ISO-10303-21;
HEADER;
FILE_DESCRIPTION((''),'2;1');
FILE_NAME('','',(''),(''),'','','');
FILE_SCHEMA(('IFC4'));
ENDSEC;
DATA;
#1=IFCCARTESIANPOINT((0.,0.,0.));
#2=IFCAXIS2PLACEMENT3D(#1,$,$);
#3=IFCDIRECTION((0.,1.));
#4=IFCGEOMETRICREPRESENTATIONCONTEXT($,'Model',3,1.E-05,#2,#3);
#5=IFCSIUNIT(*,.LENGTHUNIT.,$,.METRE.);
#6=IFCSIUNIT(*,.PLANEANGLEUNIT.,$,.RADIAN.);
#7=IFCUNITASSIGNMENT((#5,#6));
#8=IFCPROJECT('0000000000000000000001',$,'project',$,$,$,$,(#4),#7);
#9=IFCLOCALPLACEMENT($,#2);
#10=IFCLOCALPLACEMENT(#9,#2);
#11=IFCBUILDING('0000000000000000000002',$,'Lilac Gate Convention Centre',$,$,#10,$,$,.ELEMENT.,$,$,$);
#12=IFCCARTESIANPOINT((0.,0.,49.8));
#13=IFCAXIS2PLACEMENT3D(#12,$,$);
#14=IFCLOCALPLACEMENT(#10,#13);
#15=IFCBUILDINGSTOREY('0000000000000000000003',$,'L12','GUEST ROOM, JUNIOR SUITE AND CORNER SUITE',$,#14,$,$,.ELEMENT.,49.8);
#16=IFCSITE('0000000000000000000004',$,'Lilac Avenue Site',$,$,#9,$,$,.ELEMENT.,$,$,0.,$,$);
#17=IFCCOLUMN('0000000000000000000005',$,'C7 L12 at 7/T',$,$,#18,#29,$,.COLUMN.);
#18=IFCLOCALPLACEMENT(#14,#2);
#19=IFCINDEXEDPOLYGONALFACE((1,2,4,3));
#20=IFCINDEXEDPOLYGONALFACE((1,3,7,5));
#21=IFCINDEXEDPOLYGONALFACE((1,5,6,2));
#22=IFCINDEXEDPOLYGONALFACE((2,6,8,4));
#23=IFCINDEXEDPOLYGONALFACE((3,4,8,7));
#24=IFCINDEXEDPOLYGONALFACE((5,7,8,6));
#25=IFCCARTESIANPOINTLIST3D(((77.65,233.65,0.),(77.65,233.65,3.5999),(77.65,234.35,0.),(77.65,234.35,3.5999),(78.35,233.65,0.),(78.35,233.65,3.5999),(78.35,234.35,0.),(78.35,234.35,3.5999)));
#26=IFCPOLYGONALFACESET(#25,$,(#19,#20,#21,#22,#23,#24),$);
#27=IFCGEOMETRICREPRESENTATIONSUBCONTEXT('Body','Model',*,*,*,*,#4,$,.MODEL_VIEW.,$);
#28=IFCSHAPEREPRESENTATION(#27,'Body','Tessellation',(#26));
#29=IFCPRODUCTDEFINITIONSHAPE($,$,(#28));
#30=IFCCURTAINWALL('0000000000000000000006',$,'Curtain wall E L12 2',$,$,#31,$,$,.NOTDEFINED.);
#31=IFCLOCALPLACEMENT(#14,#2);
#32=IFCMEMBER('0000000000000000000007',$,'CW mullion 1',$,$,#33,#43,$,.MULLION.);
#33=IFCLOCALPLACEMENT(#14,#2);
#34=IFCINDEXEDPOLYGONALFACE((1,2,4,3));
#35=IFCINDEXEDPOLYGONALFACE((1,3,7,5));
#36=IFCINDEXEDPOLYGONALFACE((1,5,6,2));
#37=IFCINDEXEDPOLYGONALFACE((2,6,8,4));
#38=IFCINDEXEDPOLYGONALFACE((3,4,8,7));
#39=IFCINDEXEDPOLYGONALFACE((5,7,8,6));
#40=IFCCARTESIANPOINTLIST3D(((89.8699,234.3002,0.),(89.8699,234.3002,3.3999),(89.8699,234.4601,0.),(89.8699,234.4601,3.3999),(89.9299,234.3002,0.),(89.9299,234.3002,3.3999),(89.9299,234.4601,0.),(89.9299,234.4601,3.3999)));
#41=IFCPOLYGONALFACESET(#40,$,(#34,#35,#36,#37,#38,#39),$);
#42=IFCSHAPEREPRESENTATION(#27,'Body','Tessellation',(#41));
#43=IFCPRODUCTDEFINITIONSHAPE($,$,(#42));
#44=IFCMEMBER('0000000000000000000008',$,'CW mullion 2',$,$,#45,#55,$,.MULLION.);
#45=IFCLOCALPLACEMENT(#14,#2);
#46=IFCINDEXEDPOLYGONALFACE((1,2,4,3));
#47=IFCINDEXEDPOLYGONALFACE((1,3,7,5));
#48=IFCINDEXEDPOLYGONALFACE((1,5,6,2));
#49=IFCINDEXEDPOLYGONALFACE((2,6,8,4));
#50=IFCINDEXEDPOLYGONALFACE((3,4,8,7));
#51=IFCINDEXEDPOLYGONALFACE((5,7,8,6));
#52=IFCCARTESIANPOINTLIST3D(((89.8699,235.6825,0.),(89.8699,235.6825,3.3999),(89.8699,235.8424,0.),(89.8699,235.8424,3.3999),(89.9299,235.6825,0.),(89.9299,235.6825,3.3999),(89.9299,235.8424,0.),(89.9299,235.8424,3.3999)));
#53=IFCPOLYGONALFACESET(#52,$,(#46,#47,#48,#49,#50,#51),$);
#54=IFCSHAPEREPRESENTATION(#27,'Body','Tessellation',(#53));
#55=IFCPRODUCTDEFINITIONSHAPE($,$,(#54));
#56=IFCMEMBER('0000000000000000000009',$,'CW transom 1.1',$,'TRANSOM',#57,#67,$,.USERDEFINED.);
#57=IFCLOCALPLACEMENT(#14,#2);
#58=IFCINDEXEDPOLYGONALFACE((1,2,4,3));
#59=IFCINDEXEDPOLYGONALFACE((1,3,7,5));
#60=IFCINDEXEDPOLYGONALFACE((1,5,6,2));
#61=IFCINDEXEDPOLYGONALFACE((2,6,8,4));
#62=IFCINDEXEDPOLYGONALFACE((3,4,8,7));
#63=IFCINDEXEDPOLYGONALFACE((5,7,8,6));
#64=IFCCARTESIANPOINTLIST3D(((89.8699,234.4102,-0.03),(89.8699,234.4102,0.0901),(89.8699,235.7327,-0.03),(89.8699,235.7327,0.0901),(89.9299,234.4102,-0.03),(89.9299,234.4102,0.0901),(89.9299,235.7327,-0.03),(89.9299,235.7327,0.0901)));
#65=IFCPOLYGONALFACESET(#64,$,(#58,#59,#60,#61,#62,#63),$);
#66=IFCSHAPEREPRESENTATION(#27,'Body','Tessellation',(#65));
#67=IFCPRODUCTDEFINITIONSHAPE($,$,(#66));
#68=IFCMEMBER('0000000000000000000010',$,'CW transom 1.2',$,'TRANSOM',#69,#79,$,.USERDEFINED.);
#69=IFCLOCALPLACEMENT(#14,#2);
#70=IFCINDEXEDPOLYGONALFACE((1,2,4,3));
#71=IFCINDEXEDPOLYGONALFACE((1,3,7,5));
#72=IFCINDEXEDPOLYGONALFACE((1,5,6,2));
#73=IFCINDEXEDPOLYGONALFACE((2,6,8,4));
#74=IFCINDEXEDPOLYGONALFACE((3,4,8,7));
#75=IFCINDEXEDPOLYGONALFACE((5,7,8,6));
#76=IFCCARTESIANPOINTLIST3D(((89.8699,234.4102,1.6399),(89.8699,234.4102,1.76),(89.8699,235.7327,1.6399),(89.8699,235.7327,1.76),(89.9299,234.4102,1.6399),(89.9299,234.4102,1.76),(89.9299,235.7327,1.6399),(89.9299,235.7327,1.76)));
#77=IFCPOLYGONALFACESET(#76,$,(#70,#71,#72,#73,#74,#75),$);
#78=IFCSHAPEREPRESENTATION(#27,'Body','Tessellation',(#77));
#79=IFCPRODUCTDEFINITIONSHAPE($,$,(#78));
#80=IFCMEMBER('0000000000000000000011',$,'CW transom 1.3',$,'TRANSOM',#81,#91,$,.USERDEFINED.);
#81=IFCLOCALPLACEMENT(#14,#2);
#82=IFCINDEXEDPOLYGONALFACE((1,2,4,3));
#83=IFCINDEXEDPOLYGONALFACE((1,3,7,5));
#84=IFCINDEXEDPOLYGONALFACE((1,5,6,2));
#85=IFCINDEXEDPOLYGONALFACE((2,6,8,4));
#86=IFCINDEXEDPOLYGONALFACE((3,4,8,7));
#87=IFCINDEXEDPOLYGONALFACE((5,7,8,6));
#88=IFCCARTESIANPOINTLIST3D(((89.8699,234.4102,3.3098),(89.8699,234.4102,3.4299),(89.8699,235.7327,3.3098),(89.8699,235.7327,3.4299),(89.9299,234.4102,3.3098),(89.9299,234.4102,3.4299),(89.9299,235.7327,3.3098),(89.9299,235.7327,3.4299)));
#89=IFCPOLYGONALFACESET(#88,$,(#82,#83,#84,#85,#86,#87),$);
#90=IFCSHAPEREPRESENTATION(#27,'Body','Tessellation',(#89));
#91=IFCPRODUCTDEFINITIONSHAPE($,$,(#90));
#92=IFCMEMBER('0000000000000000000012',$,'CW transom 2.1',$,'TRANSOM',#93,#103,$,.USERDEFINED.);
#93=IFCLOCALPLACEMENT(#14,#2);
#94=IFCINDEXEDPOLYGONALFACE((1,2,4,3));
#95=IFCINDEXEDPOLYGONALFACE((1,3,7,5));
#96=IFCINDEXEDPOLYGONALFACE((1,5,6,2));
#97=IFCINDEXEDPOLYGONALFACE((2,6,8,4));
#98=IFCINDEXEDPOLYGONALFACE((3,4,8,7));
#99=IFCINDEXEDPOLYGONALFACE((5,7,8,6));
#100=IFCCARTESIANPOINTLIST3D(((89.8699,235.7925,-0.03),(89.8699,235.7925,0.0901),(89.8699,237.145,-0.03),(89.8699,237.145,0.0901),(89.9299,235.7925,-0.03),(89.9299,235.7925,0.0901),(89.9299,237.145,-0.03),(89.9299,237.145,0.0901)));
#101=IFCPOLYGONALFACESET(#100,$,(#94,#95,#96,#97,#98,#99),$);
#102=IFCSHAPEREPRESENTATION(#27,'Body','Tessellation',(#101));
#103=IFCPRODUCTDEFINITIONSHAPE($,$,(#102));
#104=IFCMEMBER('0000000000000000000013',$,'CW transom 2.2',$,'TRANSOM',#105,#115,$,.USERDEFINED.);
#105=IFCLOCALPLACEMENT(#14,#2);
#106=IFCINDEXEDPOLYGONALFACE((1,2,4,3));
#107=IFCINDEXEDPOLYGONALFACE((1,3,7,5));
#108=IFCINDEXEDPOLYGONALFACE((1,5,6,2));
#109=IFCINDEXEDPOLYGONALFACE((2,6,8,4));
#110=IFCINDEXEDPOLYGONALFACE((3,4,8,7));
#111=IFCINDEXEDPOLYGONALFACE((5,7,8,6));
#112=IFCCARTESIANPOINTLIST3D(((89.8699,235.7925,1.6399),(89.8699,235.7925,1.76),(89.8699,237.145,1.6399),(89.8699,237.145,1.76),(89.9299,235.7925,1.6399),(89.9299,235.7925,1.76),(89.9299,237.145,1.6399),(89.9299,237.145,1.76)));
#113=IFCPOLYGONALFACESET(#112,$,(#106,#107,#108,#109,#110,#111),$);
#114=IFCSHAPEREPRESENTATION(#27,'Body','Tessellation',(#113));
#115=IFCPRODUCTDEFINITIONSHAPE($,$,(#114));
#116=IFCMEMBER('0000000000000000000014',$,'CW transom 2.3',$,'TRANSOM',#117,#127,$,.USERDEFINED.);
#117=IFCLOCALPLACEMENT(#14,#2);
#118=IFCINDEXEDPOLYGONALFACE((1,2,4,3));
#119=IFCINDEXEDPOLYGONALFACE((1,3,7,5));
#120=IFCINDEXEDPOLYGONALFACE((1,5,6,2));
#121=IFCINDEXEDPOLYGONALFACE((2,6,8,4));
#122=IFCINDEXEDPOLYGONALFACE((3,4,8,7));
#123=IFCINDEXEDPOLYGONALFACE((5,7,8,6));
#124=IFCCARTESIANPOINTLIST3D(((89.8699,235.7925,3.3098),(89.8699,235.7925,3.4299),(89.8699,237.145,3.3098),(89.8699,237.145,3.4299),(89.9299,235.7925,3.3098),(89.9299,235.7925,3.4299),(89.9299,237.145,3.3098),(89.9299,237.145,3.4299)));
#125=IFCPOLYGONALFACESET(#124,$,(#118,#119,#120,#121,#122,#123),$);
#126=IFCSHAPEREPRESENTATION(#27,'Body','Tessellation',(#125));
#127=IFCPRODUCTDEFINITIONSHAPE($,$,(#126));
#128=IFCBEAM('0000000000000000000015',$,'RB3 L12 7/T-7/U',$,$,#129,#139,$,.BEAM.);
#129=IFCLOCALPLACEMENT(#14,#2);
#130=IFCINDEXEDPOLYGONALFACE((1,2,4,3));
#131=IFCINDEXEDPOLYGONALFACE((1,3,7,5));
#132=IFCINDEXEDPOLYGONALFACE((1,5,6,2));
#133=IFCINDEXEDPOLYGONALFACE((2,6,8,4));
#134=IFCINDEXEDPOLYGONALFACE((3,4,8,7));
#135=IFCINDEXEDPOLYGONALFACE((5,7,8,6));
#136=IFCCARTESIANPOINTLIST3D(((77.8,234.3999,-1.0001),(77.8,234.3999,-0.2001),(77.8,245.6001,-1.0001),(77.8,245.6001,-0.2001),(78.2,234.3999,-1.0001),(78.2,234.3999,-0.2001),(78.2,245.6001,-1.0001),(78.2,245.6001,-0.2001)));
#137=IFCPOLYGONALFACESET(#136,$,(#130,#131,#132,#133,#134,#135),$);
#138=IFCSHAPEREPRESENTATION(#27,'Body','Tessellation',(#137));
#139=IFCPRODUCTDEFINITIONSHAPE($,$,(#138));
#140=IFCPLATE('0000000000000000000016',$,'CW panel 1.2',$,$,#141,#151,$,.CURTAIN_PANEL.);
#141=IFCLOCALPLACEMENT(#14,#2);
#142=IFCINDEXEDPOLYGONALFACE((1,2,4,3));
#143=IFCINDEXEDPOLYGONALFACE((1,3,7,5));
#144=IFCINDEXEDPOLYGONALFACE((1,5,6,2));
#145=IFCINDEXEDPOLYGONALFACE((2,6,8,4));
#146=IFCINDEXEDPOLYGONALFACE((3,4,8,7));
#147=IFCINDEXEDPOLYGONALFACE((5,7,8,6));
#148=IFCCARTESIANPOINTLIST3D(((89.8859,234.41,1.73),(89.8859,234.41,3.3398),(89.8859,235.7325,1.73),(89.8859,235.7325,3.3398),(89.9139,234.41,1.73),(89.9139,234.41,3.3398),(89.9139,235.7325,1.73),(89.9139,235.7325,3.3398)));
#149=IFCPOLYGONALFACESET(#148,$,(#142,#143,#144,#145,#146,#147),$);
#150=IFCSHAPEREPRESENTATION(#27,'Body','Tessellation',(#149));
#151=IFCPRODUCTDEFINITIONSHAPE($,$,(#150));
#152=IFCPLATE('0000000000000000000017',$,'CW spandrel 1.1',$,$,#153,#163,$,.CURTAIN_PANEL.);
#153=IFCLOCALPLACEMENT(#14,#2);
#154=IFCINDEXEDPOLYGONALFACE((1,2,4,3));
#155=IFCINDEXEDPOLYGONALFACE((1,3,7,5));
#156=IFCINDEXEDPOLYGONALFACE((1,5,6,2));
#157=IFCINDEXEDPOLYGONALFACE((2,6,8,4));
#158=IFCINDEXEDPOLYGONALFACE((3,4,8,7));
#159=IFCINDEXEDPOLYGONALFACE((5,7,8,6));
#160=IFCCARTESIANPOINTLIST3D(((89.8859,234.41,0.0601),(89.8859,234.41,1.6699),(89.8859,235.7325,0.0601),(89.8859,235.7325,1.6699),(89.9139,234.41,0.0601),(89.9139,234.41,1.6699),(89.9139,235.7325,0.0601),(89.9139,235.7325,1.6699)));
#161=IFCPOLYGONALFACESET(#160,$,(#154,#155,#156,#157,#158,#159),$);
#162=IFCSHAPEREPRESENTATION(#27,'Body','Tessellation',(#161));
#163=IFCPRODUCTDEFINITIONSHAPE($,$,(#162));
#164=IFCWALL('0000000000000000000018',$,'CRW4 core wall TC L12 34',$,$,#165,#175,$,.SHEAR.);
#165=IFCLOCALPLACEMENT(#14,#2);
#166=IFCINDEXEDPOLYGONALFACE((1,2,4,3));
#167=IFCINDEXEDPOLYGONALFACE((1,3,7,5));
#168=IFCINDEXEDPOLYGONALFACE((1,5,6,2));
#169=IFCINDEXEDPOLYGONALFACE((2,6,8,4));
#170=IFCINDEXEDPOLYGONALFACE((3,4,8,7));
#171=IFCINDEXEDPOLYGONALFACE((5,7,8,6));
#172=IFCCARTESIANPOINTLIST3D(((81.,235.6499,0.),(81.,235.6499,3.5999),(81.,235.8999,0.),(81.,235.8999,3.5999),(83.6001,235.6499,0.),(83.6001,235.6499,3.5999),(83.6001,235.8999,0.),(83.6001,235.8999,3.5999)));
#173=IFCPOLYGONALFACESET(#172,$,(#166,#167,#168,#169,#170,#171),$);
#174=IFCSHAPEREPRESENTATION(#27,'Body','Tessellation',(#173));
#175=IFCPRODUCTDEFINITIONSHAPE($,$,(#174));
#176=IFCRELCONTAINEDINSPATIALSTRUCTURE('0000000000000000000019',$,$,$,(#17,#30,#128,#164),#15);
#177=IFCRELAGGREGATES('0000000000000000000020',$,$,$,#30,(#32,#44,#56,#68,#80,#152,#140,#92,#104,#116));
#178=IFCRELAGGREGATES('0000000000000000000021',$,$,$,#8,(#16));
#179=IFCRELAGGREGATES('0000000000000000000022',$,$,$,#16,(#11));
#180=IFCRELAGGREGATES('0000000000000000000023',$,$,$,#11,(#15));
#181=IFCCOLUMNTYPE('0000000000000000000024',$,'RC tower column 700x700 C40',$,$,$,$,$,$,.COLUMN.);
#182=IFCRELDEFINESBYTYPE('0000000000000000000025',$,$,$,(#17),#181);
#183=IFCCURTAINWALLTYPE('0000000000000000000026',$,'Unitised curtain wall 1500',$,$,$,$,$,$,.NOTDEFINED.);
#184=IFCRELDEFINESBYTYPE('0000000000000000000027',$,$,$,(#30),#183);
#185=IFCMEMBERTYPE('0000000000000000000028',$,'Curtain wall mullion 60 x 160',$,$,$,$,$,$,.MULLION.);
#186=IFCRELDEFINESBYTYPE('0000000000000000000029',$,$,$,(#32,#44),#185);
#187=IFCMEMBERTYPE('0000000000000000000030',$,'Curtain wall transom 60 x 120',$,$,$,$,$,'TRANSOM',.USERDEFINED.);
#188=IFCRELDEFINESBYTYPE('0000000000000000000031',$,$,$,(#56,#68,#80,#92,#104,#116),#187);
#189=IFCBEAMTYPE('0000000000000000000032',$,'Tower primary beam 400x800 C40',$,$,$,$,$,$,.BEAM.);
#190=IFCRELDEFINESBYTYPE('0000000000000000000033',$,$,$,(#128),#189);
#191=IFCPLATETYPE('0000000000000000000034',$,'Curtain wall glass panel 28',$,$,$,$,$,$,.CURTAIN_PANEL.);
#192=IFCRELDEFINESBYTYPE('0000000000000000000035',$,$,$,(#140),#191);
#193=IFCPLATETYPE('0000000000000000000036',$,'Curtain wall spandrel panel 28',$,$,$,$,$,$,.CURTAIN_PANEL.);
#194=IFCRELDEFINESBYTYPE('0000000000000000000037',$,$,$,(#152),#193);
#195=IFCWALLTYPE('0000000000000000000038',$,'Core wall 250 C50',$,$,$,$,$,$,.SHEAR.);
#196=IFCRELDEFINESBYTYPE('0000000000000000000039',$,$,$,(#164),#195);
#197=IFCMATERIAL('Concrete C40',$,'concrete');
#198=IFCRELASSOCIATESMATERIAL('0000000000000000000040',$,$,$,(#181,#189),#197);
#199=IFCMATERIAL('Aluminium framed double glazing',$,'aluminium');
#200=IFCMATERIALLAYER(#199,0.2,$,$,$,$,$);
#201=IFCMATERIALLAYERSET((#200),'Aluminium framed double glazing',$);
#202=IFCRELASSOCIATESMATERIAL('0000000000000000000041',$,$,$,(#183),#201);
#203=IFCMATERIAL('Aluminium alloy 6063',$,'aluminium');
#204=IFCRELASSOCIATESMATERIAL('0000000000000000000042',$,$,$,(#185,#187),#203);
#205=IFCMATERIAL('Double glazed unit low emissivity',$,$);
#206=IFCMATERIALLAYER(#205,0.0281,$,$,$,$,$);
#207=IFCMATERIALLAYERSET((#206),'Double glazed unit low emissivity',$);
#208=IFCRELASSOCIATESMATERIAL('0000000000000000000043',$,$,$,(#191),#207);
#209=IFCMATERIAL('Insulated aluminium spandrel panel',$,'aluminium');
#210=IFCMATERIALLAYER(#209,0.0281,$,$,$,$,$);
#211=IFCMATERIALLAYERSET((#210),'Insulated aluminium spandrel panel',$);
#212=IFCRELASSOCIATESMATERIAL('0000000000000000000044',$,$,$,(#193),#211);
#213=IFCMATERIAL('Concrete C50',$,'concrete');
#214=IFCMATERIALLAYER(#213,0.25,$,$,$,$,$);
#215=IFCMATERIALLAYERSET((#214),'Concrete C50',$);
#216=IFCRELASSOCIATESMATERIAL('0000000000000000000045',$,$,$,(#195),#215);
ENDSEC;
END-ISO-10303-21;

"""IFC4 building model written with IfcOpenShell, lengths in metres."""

from ifc_helpers import new_model, si_unit, direction, frame, frame_2d, origin, origin_2d, place, context, subcontext, project, spatial, rectangle, extrude, material, layer, layer_set, material_profile, profile_set, type_object, element, aggregate, save


model = new_model("IFC4")

# Units and contexts
model_context = context("Model", 3, precision=1e-05, world=origin(), true_north=direction((0.0, 1.0)))
body_context = subcontext(model_context, "Body", "Model", "MODEL_VIEW")
ifc_project = project(units=[si_unit("LENGTHUNIT", "METRE"), si_unit("PLANEANGLEUNIT", "RADIAN")], contexts=[model_context])

# Site, building, storey
site_placement = place(None, origin())
site = spatial("IfcSite", under=ifc_project, at=site_placement, Name="Lilac Avenue Site", CompositionType="ELEMENT", RefElevation=0.0)
building_placement = place(site_placement, origin())
building = spatial("IfcBuilding", under=site, at=building_placement, Name="Lilac Gate Convention Centre", CompositionType="ELEMENT")
storey_placement = place(building_placement, frame((0.0, 0.0, 49.8)))
storey = spatial("IfcBuildingStorey", under=building, at=storey_placement, Name="L12", Description="GUEST ROOM, JUNIOR SUITE AND CORNER SUITE", CompositionType="ELEMENT", Elevation=49.8)

# Column
ifc_material_1 = material(Name="Concrete C40", Category="concrete")
ifc_material_profile_1 = material_profile(ifc_material_1, rectangle(XDim=0.7, YDim=0.7, at=origin_2d()), Name="RC 700x700")
ifc_profile_set_1 = profile_set([ifc_material_profile_1], Name="Concrete C40")
column_type = type_object("IfcColumnType", Name="RC tower column 700x700 C40", PredefinedType="COLUMN", material=ifc_profile_set_1)
column_placement = place(storey_placement, frame((78.0, 234.0, 0.0), z_axis=(0.0, 0.0, 1.0), x_axis=(1.0, 0.0, 0.0)))
element("IfcColumn", 1, at=column_placement, inside=storey, type_object=column_type, Name="C7 L12 at 7/T", PredefinedType="COLUMN", context=body_context, shape_type="SweptSolid", body=[
    extrude(rectangle(XDim=0.7, YDim=0.7, at=origin_2d()), origin(), (0.0, 0.0, 1.0), 3.5999),
])

# Curtain wall, members
ifc_material_2 = material(Name="Aluminium framed double glazing", Category="aluminium")
ifc_layer_1 = layer(ifc_material_2, 0.2)
ifc_layer_set_1 = layer_set([ifc_layer_1], Name="Aluminium framed double glazing")
curtain_wall_type = type_object("IfcCurtainWallType", Name="Unitised curtain wall 1500", PredefinedType="NOTDEFINED", material=ifc_layer_set_1)
curtain_wall_placement = place(storey_placement, origin())
curtain_wall = element("IfcCurtainWall", 2, at=curtain_wall_placement, inside=storey, type_object=curtain_wall_type, Name="Curtain wall E L12 2", PredefinedType="NOTDEFINED")
ifc_material_3 = material(Name="Aluminium alloy 6063", Category="aluminium")
ifc_material_profile_2 = material_profile(ifc_material_3, rectangle(XDim=0.0601, YDim=0.1599, at=origin_2d()), Name="Curtain wall mullion 60 x 160")
ifc_profile_set_2 = profile_set([ifc_material_profile_2], Name="Aluminium alloy 6063")
member_type_1 = type_object("IfcMemberType", Name="Curtain wall mullion 60 x 160", PredefinedType="MULLION", material=ifc_profile_set_2)
member_1_placement = place(storey_placement, frame((89.8999, 234.3801, 0.0), z_axis=(0.0, 0.0, 1.0), x_axis=(-1.0, 0.0, 0.0)))
member_1 = element("IfcMember", 3, at=member_1_placement, type_object=member_type_1, Name="CW mullion 1", PredefinedType="MULLION", context=body_context, shape_type="SweptSolid", body=[
    extrude(rectangle(XDim=0.0601, YDim=0.1599, at=origin_2d()), origin(), (0.0, 0.0, 1.0), 3.3999),
])
member_2_placement = place(storey_placement, frame((89.8999, 235.7625, 0.0), z_axis=(0.0, 0.0, 1.0), x_axis=(-1.0, 0.0, 0.0)))
member_2 = element("IfcMember", 4, at=member_2_placement, type_object=member_type_1, Name="CW mullion 2", PredefinedType="MULLION", context=body_context, shape_type="SweptSolid", body=[
    extrude(rectangle(XDim=0.0601, YDim=0.1599, at=origin_2d()), origin(), (0.0, 0.0, 1.0), 3.3999),
])
ifc_material_profile_3 = material_profile(ifc_material_3, rectangle(XDim=0.0601, YDim=0.1201, at=origin_2d()), Name="Curtain wall transom 60 x 120")
ifc_profile_set_3 = profile_set([ifc_material_profile_3], Name="Aluminium alloy 6063")
member_type_2 = type_object("IfcMemberType", Name="Curtain wall transom 60 x 120", ElementType="TRANSOM", PredefinedType="USERDEFINED", material=ifc_profile_set_3)
member_3_placement = place(storey_placement, frame((89.8999, 234.4102, 0.03), z_axis=(0.0, 1.0, 0.0), x_axis=(-1.0, 0.0, 0.0)))
member_3 = element("IfcMember", 5, at=member_3_placement, type_object=member_type_2, Name="CW transom 1.1", ObjectType="TRANSOM", PredefinedType="USERDEFINED", context=body_context, shape_type="SweptSolid", body=[
    extrude(rectangle(XDim=0.0601, YDim=0.1201, at=origin_2d()), origin(), (0.0, 0.0, 1.0), 1.3225),
])
member_4_placement = place(storey_placement, frame((89.8999, 234.4102, 1.7), z_axis=(0.0, 1.0, 0.0), x_axis=(-1.0, 0.0, 0.0)))
member_4 = element("IfcMember", 6, at=member_4_placement, type_object=member_type_2, Name="CW transom 1.2", ObjectType="TRANSOM", PredefinedType="USERDEFINED", context=body_context, shape_type="SweptSolid", body=[
    extrude(rectangle(XDim=0.0601, YDim=0.1201, at=origin_2d()), origin(), (0.0, 0.0, 1.0), 1.3225),
])
member_5_placement = place(storey_placement, frame((89.8999, 234.4102, 3.3699), z_axis=(0.0, 1.0, 0.0), x_axis=(-1.0, 0.0, 0.0)))
member_5 = element("IfcMember", 7, at=member_5_placement, type_object=member_type_2, Name="CW transom 1.3", ObjectType="TRANSOM", PredefinedType="USERDEFINED", context=body_context, shape_type="SweptSolid", body=[
    extrude(rectangle(XDim=0.0601, YDim=0.1201, at=origin_2d()), origin(), (0.0, 0.0, 1.0), 1.3225),
])
member_6_placement = place(storey_placement, frame((89.8999, 235.7925, 0.03), z_axis=(0.0, 1.0, 0.0), x_axis=(-1.0, 0.0, 0.0)))
member_6 = element("IfcMember", 8, at=member_6_placement, type_object=member_type_2, Name="CW transom 2.1", ObjectType="TRANSOM", PredefinedType="USERDEFINED", context=body_context, shape_type="SweptSolid", body=[
    extrude(rectangle(XDim=0.0601, YDim=0.1201, at=origin_2d()), origin(), (0.0, 0.0, 1.0), 1.3525),
])
member_7_placement = place(storey_placement, frame((89.8999, 235.7925, 1.7), z_axis=(0.0, 1.0, 0.0), x_axis=(-1.0, 0.0, 0.0)))
member_7 = element("IfcMember", 9, at=member_7_placement, type_object=member_type_2, Name="CW transom 2.2", ObjectType="TRANSOM", PredefinedType="USERDEFINED", context=body_context, shape_type="SweptSolid", body=[
    extrude(rectangle(XDim=0.0601, YDim=0.1201, at=origin_2d()), origin(), (0.0, 0.0, 1.0), 1.3525),
])
member_8_placement = place(storey_placement, frame((89.8999, 235.7925, 3.3699), z_axis=(0.0, 1.0, 0.0), x_axis=(-1.0, 0.0, 0.0)))
member_8 = element("IfcMember", 10, at=member_8_placement, type_object=member_type_2, Name="CW transom 2.3", ObjectType="TRANSOM", PredefinedType="USERDEFINED", context=body_context, shape_type="SweptSolid", body=[
    extrude(rectangle(XDim=0.0601, YDim=0.1201, at=origin_2d()), origin(), (0.0, 0.0, 1.0), 1.3525),
])

# Beam
ifc_material_profile_4 = material_profile(ifc_material_1, rectangle(XDim=0.3999, YDim=0.8, at=origin_2d()), Name="RC 400x800")
ifc_profile_set_4 = profile_set([ifc_material_profile_4], Name="Concrete C40")
beam_type = type_object("IfcBeamType", Name="Tower primary beam 400x800 C40", PredefinedType="BEAM", material=ifc_profile_set_4)
beam_placement = place(storey_placement, frame((78.0, 234.3999, -0.6001), z_axis=(0.0, 1.0, 0.0), x_axis=(-1.0, 0.0, 0.0)))
element("IfcBeam", 11, at=beam_placement, inside=storey, type_object=beam_type, Name="RB3 L12 7/T-7/U", PredefinedType="BEAM", context=body_context, shape_type="SweptSolid", body=[
    extrude(rectangle(XDim=0.3999, YDim=0.8, at=origin_2d()), origin(), (0.0, 0.0, 1.0), 11.2002),
])

# Plates
ifc_material_4 = material(Name="Double glazed unit low emissivity")
ifc_layer_2 = layer(ifc_material_4, 0.0281)
ifc_layer_set_2 = layer_set([ifc_layer_2], Name="Double glazed unit low emissivity")
plate_type_1 = type_object("IfcPlateType", Name="Curtain wall glass panel 28", PredefinedType="CURTAIN_PANEL", material=ifc_layer_set_2)
plate_1_placement = place(storey_placement, frame((89.8999, 235.0713, 1.73), z_axis=(0.0, 0.0, 1.0), x_axis=(0.0, 1.0, 0.0)))
plate_1 = element("IfcPlate", 12, at=plate_1_placement, type_object=plate_type_1, Name="CW panel 1.2", PredefinedType="CURTAIN_PANEL", context=body_context, shape_type="SweptSolid", body=[
    extrude(rectangle(XDim=1.3225, YDim=0.0281, at=origin_2d()), origin(), (0.0, 0.0, 1.0), 1.6099),
])
ifc_material_5 = material(Name="Insulated aluminium spandrel panel", Category="aluminium")
ifc_layer_3 = layer(ifc_material_5, 0.0281)
ifc_layer_set_3 = layer_set([ifc_layer_3], Name="Insulated aluminium spandrel panel")
plate_type_2 = type_object("IfcPlateType", Name="Curtain wall spandrel panel 28", PredefinedType="CURTAIN_PANEL", material=ifc_layer_set_3)
plate_2_placement = place(storey_placement, frame((89.8999, 235.0713, 0.0601), z_axis=(0.0, 0.0, 1.0), x_axis=(0.0, 1.0, 0.0)))
plate_2 = element("IfcPlate", 13, at=plate_2_placement, type_object=plate_type_2, Name="CW spandrel 1.1", PredefinedType="CURTAIN_PANEL", context=body_context, shape_type="SweptSolid", body=[
    extrude(rectangle(XDim=1.3225, YDim=0.0281, at=origin_2d()), origin(), (0.0, 0.0, 1.0), 1.6099),
])
aggregate(curtain_wall, [member_1, member_2, member_3, member_4, member_5, plate_2, plate_1, member_6, member_7, member_8])

# Wall
ifc_material_6 = material(Name="Concrete C50", Category="concrete")
ifc_layer_4 = layer(ifc_material_6, 0.25)
ifc_layer_set_4 = layer_set([ifc_layer_4], Name="Concrete C50")
wall_type_1 = type_object("IfcWallType", Name="Core wall 250 C50", PredefinedType="SHEAR", material=ifc_layer_set_4)
wall_1_placement = place(storey_placement, frame((81.0, 235.7749, 0.0), z_axis=(0.0, 0.0, 1.0), x_axis=(1.0, 0.0, 0.0)))
element("IfcWall", 14, at=wall_1_placement, inside=storey, type_object=wall_type_1, Name="CRW4 core wall TC L12 34", PredefinedType="SHEAR", context=body_context, shape_type="SweptSolid", body=[
    extrude(rectangle(XDim=2.6001, YDim=0.25, at=frame_2d((1.3, 0.0))), origin(), (0.0, 0.0, 1.0), 3.5999),
])

save(model, "model.ifc")
